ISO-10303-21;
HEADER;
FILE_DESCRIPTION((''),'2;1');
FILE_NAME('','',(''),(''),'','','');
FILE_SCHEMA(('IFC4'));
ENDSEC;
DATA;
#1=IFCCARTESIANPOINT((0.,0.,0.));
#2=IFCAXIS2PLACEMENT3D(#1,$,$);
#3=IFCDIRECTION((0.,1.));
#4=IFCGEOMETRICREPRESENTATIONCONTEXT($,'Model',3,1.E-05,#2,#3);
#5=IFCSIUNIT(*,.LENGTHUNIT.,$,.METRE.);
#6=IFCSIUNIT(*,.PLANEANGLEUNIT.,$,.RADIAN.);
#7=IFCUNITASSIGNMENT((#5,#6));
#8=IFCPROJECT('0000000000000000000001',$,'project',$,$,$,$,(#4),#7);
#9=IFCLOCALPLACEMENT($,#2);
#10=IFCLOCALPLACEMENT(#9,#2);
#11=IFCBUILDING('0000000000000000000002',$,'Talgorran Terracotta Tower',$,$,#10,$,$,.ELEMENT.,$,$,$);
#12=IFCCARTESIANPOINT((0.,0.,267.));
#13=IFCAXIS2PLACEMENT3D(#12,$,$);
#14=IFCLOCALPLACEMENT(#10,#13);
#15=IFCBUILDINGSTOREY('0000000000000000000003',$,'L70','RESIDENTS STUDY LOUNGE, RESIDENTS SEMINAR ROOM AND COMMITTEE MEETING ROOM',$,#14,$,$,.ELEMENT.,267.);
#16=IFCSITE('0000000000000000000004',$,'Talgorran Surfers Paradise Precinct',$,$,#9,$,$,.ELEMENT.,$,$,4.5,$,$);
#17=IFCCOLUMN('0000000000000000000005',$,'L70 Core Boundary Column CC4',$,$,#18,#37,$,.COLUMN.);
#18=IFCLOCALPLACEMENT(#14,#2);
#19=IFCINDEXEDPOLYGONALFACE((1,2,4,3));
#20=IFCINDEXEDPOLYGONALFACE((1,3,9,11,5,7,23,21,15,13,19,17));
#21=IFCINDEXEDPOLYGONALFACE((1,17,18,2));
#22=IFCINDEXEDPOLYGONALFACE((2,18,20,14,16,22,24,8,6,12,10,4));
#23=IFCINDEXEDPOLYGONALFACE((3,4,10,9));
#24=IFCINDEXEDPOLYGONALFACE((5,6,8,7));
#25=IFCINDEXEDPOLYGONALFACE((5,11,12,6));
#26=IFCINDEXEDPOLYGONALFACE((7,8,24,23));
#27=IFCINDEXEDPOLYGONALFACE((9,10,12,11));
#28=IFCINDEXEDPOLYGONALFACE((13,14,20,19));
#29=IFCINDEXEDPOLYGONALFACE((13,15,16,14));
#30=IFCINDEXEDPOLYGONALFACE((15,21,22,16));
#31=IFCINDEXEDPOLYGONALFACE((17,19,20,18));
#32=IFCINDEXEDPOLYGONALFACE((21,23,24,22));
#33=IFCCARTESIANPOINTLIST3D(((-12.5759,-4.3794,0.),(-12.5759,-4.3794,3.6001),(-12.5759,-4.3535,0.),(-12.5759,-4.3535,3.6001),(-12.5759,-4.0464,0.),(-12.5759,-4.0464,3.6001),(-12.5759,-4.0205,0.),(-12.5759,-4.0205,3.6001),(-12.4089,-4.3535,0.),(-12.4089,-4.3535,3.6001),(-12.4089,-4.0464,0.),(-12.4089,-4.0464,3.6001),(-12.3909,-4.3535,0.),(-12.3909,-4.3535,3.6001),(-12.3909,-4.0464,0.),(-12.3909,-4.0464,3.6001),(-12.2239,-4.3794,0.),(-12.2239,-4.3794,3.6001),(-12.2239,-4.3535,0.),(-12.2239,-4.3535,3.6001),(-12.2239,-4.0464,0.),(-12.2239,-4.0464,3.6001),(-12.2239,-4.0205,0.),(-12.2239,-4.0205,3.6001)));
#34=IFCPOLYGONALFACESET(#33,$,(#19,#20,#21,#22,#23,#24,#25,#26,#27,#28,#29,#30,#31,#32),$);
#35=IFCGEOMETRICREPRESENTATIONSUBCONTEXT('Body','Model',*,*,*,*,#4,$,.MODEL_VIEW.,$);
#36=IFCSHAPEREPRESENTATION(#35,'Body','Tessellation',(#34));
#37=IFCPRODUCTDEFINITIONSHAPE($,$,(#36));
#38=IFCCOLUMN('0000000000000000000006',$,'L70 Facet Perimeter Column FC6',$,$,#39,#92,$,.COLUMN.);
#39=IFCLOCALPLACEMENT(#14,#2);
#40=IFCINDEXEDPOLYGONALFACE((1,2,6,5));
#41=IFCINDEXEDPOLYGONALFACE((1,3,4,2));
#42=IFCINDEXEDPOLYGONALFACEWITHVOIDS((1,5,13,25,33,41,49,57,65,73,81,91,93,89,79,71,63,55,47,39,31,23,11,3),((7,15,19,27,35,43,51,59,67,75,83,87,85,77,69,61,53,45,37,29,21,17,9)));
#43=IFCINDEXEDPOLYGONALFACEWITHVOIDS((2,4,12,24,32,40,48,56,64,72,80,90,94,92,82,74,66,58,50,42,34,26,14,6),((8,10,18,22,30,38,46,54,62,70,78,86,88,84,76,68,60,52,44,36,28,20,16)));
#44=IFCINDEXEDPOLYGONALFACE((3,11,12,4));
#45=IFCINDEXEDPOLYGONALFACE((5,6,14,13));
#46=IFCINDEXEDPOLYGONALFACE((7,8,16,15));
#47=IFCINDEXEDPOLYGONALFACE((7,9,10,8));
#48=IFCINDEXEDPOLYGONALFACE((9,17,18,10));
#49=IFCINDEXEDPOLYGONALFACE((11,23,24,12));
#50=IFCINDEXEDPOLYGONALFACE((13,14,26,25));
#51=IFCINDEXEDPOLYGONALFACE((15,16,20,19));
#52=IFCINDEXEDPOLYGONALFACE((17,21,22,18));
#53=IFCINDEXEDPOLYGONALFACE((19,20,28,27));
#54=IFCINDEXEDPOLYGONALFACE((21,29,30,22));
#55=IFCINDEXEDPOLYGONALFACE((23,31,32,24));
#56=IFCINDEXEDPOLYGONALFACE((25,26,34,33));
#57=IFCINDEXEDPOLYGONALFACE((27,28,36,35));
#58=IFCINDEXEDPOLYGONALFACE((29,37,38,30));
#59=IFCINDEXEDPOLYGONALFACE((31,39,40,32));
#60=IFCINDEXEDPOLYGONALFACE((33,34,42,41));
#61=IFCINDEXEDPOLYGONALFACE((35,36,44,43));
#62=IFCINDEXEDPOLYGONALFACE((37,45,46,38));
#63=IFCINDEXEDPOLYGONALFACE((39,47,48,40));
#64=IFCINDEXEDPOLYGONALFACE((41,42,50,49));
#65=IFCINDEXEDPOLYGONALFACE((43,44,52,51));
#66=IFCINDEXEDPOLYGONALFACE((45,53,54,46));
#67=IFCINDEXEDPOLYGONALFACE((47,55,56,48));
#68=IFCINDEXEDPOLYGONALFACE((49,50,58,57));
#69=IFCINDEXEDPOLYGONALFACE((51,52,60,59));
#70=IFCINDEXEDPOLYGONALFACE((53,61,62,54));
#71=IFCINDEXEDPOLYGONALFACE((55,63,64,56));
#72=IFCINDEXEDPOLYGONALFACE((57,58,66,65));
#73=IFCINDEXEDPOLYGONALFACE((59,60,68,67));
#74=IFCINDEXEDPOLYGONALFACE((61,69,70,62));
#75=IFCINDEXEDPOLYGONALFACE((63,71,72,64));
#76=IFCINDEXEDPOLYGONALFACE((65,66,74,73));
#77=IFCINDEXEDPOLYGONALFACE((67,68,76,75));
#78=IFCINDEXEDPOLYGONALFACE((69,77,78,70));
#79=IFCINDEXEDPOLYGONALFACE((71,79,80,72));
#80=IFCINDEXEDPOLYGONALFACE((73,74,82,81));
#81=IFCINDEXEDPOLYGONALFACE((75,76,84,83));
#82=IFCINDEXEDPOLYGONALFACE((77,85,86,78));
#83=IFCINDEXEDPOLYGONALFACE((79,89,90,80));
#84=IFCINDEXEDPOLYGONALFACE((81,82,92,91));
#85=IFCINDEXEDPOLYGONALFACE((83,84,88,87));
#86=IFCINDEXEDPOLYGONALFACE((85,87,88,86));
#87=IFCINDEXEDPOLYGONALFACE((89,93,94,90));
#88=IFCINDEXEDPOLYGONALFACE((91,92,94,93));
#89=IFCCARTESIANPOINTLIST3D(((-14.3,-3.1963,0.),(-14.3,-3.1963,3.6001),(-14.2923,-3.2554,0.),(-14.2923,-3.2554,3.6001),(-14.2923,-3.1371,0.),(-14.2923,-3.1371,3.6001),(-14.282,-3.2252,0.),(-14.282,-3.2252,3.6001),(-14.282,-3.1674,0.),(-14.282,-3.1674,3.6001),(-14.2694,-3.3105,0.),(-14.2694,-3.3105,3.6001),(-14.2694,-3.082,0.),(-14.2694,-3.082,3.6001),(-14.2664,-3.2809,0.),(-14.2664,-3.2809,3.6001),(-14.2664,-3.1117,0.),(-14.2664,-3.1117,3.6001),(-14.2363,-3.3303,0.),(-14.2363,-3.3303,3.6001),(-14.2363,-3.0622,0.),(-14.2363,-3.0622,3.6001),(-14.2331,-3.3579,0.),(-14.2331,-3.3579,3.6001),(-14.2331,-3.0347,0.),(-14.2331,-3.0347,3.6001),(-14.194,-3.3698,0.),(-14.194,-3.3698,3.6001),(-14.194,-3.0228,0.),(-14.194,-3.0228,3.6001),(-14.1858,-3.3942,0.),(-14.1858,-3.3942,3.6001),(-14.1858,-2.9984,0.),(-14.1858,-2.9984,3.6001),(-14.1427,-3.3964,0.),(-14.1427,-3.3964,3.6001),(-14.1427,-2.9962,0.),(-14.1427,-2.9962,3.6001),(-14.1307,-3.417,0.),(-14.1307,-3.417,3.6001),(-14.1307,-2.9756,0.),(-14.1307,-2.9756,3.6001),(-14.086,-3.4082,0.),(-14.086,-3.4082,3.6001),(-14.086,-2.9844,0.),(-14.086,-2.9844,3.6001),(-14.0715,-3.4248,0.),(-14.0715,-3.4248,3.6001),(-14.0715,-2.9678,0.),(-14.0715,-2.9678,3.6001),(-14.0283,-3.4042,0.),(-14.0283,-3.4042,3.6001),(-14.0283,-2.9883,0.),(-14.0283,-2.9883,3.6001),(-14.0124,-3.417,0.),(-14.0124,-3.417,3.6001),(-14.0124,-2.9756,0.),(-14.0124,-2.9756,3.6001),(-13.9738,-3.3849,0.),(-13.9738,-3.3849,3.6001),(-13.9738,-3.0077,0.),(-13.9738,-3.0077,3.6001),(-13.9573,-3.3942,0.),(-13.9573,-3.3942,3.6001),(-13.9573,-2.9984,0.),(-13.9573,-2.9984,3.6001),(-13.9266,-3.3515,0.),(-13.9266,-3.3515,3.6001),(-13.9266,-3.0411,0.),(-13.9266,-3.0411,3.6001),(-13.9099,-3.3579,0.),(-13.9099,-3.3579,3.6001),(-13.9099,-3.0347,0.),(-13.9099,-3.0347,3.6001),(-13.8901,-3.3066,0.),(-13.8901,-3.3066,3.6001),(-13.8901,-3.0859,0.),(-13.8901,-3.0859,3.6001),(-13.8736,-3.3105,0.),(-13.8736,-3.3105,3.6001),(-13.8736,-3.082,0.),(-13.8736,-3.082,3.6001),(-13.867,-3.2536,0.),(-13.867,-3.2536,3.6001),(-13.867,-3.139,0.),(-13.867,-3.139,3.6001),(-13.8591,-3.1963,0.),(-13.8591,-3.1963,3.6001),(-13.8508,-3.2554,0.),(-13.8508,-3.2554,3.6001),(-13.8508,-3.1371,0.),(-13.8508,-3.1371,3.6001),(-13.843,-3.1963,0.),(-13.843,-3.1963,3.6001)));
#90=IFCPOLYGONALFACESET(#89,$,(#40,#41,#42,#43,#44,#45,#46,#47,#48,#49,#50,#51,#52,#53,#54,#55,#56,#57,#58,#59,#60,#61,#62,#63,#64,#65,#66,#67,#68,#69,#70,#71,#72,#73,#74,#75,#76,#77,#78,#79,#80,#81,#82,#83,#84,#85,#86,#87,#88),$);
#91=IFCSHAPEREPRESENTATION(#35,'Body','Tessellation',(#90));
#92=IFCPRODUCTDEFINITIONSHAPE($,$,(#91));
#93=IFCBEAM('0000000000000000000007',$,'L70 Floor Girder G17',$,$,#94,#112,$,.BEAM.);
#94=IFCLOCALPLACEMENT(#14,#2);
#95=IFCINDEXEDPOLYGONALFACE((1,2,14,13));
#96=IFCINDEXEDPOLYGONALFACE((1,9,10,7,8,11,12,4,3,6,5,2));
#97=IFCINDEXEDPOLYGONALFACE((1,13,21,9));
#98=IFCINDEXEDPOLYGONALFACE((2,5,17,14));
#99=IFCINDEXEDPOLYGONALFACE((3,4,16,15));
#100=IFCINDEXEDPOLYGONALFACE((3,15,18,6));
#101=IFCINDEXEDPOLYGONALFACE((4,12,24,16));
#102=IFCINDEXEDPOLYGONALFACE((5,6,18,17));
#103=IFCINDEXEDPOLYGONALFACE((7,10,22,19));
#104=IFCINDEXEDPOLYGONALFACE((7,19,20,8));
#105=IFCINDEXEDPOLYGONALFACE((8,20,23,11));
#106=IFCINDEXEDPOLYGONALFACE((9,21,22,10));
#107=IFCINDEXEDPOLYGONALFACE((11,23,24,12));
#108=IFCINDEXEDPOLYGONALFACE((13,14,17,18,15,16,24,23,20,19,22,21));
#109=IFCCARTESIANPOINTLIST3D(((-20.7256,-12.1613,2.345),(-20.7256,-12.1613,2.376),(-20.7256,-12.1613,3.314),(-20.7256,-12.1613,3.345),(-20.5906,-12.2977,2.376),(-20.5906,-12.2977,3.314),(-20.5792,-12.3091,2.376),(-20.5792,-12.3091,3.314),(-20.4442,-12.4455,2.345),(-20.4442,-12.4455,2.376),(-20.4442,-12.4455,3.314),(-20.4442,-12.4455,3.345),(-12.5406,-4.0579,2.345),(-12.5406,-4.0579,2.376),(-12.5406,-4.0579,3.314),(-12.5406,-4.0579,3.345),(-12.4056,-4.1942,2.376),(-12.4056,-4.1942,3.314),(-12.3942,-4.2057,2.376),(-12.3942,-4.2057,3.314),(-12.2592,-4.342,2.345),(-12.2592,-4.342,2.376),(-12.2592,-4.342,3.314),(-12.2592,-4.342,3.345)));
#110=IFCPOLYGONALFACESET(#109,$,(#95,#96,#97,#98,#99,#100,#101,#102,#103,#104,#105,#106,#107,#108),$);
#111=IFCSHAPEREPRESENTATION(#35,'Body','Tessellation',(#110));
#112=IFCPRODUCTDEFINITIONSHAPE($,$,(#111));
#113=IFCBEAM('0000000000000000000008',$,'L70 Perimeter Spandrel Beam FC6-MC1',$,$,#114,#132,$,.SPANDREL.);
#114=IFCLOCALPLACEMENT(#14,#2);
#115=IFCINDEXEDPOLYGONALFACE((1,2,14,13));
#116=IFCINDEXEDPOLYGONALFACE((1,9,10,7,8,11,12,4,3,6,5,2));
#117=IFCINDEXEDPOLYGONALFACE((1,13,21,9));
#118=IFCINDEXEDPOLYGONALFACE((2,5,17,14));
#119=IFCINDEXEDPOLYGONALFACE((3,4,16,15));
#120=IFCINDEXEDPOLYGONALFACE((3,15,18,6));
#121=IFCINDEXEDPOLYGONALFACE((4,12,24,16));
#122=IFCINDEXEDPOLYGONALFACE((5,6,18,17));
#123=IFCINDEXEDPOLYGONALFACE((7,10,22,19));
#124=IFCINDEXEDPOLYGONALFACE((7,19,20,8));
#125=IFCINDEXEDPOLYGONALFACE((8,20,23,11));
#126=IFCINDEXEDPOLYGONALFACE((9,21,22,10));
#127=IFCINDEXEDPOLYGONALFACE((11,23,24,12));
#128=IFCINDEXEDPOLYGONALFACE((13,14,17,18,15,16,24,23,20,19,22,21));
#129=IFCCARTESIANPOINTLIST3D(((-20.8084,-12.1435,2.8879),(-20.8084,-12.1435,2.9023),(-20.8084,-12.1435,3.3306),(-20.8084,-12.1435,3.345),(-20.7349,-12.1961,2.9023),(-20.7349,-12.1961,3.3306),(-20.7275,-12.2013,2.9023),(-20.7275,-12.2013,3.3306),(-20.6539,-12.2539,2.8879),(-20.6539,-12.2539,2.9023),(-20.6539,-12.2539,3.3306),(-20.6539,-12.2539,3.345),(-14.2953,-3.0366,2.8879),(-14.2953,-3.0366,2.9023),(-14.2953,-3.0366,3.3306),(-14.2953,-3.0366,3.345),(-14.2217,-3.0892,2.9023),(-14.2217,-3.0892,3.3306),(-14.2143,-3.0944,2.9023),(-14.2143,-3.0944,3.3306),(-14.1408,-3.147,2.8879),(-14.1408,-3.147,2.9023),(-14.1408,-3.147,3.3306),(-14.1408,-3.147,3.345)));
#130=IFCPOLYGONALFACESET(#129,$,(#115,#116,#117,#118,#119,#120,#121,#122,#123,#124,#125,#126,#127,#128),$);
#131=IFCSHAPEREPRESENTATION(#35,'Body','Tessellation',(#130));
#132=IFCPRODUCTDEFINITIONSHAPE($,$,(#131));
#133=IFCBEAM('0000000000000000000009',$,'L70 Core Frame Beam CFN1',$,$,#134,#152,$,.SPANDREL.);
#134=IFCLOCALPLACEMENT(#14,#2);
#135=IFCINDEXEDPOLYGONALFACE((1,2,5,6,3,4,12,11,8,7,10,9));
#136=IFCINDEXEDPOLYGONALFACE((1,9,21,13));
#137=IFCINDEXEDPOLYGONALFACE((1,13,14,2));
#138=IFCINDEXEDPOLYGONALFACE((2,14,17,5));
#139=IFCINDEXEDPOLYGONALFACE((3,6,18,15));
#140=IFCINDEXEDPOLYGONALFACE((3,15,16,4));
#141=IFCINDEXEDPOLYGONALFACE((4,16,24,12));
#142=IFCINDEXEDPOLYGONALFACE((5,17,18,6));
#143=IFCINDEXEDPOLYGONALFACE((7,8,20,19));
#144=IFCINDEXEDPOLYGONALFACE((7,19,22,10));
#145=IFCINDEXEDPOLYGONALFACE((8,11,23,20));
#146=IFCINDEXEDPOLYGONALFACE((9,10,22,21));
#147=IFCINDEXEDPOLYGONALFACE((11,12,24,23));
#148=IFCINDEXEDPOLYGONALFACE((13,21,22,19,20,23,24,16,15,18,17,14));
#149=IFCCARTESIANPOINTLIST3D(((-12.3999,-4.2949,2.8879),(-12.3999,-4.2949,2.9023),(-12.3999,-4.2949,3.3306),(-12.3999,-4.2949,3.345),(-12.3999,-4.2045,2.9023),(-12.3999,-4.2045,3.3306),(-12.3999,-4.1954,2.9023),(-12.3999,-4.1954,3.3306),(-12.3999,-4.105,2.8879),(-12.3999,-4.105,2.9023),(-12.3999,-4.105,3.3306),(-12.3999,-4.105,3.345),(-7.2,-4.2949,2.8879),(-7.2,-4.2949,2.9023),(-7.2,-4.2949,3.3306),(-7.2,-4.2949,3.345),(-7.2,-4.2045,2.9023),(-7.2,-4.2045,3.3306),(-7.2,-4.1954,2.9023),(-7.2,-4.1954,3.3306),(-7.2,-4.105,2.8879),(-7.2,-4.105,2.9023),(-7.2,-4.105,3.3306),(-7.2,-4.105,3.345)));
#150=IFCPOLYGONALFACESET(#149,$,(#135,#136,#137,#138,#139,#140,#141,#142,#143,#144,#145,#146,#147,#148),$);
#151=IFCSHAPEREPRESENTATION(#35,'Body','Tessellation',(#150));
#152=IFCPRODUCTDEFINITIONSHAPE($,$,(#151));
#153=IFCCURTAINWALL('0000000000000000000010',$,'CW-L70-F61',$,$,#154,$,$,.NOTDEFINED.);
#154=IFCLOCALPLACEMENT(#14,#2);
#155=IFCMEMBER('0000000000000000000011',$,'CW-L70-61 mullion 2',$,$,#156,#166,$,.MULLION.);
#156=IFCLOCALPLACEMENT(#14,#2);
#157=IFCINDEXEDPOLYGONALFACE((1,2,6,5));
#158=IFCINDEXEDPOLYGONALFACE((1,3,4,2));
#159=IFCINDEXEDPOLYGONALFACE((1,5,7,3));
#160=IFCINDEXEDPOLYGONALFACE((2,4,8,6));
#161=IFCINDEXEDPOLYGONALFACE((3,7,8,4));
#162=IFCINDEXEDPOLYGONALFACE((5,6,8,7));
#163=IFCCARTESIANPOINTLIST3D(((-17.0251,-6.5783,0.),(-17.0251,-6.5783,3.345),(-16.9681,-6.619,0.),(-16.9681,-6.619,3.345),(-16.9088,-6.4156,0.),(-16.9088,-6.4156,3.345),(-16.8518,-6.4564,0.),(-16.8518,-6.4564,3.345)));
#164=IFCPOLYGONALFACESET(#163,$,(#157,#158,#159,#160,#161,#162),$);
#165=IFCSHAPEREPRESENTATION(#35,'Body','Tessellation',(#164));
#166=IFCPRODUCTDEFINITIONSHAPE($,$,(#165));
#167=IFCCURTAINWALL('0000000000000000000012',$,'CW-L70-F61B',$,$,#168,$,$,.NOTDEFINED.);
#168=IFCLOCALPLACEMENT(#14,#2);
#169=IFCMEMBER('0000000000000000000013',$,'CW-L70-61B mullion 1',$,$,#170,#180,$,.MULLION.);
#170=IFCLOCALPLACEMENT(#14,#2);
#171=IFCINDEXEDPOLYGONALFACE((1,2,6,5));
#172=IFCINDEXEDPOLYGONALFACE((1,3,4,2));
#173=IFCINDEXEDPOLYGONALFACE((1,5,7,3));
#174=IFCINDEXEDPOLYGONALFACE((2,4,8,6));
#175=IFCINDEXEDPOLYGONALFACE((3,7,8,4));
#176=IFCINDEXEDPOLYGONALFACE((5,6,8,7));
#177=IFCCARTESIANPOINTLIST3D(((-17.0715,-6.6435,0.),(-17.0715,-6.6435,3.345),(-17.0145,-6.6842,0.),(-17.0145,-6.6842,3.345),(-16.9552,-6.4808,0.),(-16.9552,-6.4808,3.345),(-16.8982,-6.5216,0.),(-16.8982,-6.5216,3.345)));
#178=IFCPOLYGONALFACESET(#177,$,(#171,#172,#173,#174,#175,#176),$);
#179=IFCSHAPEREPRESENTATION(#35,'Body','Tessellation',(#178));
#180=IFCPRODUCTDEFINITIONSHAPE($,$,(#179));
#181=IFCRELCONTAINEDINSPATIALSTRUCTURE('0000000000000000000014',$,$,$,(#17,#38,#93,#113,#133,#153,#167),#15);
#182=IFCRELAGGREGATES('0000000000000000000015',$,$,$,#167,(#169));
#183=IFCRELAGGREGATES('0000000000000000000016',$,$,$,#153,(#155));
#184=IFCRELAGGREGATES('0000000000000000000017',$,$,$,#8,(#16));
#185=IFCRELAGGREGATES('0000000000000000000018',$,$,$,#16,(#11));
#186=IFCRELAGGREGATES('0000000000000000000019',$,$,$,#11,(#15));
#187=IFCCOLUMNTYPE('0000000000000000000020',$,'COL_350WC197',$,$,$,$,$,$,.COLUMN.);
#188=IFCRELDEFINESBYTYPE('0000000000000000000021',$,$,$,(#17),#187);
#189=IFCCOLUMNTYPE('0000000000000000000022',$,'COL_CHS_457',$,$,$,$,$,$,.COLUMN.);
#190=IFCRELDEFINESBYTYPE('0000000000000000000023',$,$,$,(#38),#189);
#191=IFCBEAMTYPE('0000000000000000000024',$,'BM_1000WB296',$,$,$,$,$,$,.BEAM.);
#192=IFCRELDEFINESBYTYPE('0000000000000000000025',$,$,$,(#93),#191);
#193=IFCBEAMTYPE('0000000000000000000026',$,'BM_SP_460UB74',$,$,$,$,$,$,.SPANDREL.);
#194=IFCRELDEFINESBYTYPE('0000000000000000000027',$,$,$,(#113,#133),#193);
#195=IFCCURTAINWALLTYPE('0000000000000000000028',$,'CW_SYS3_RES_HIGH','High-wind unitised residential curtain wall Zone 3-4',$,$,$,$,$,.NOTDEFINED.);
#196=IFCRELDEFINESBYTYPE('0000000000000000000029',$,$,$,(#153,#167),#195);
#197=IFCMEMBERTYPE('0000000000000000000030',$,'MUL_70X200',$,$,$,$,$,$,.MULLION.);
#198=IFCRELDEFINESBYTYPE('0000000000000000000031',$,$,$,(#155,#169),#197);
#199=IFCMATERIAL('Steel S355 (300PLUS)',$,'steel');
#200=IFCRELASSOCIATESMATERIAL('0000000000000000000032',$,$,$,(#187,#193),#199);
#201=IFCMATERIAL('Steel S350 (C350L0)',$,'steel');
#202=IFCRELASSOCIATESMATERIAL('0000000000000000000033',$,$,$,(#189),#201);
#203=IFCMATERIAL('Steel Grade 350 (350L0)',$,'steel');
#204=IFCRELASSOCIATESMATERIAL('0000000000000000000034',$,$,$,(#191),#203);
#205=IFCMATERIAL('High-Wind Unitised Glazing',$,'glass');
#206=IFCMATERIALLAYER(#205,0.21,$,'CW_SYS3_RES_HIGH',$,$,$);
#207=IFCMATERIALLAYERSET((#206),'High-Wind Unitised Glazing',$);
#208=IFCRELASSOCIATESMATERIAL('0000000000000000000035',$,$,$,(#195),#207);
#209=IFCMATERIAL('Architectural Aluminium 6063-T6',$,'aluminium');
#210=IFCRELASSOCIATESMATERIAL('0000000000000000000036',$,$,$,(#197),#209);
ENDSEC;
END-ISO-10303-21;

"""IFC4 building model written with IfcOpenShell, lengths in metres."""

from ifc_helpers import new_model, si_unit, direction, frame, origin, origin_2d, place, context, subcontext, project, spatial, rectangle, hollow_circle, i_section, extrude, material, layer, layer_set, material_profile, profile_set, type_object, element, aggregate, save


model = new_model("IFC4")

# Units and contexts
model_context = context("Model", 3, precision=1e-05, world=origin(), true_north=direction((0.0, 1.0)))
body_context = subcontext(model_context, "Body", "Model", "MODEL_VIEW")
ifc_project = project(units=[si_unit("LENGTHUNIT", "METRE"), si_unit("PLANEANGLEUNIT", "RADIAN")], contexts=[model_context])

# Site, building, storey
site_placement = place(None, origin())
site = spatial("IfcSite", under=ifc_project, at=site_placement, Name="Talgorran Surfers Paradise Precinct", CompositionType="ELEMENT", RefElevation=4.5)
building_placement = place(site_placement, origin())
building = spatial("IfcBuilding", under=site, at=building_placement, Name="Talgorran Terracotta Tower", CompositionType="ELEMENT")
storey_placement = place(building_placement, frame((0.0, 0.0, 267.0)))
storey = spatial("IfcBuildingStorey", under=building, at=storey_placement, Name="L70", Description="RESIDENTS STUDY LOUNGE, RESIDENTS SEMINAR ROOM AND COMMITTEE MEETING ROOM", CompositionType="ELEMENT", Elevation=267.0)

# Columns
ifc_material_1 = material(Name="Steel S355 (300PLUS)", Category="steel")
ifc_material_profile_1 = material_profile(ifc_material_1, i_section(OverallWidth=0.3521, OverallDepth=0.3589, WebThickness=0.0181, FlangeThickness=0.0259, at=origin_2d()), Name="350WC197")
ifc_profile_set_1 = profile_set([ifc_material_profile_1], Name="Steel S355 (300PLUS)")
column_type_1 = type_object("IfcColumnType", Name="COL_350WC197", PredefinedType="COLUMN", material=ifc_profile_set_1)
column_1_placement = place(storey_placement, frame((-12.3999, -4.2, 0.0), z_axis=(0.0, 0.0, 1.0), x_axis=(1.0, 0.0, 0.0)))
element("IfcColumn", 1, at=column_1_placement, inside=storey, type_object=column_type_1, Name="L70 Core Boundary Column CC4", PredefinedType="COLUMN", context=body_context, shape_type="SweptSolid", body=[
    extrude(i_section(OverallWidth=0.3521, OverallDepth=0.3589, WebThickness=0.0181, FlangeThickness=0.0259, at=origin_2d()), origin(), (0.0, 0.0, 1.0), 3.6001),
])
ifc_material_2 = material(Name="Steel S350 (C350L0)", Category="steel")
ifc_material_profile_2 = material_profile(ifc_material_2, hollow_circle(Radius=0.2285, WallThickness=0.0161, at=origin_2d()), Name="CHS457X16")
ifc_profile_set_2 = profile_set([ifc_material_profile_2], Name="Steel S350 (C350L0)")
column_type_2 = type_object("IfcColumnType", Name="COL_CHS_457", PredefinedType="COLUMN", material=ifc_profile_set_2)
column_2_placement = place(storey_placement, frame((-14.0715, -3.1963, 0.0), z_axis=(0.0, 0.0, 1.0), x_axis=(1.0, 0.0, 0.0)))
element("IfcColumn", 2, at=column_2_placement, inside=storey, type_object=column_type_2, Name="L70 Facet Perimeter Column FC6", PredefinedType="COLUMN", context=body_context, shape_type="SweptSolid", body=[
    extrude(hollow_circle(Radius=0.2285, WallThickness=0.0161, at=origin_2d()), origin(), (0.0, 0.0, 1.0), 3.6001),
])

# Beams
ifc_material_3 = material(Name="Steel Grade 350 (350L0)", Category="steel")
ifc_material_profile_3 = material_profile(ifc_material_3, i_section(OverallWidth=0.3999, OverallDepth=1.0, WebThickness=0.0161, FlangeThickness=0.031, at=origin_2d()), Name="1000WB296")
ifc_profile_set_3 = profile_set([ifc_material_profile_3], Name="Steel Grade 350 (350L0)")
beam_type_1 = type_object("IfcBeamType", Name="BM_1000WB296", PredefinedType="BEAM", material=ifc_profile_set_3)
beam_1_placement = place(storey_placement, frame((-12.3999, -4.2, 2.845), z_axis=(-0.710638, -0.703558, 0.0), x_axis=(0.703558, -0.710638, 0.0)))
element("IfcBeam", 3, at=beam_1_placement, inside=storey, type_object=beam_type_1, Name="L70 Floor Girder G17", PredefinedType="BEAM", context=body_context, shape_type="SweptSolid", body=[
    extrude(i_section(OverallWidth=0.3999, OverallDepth=1.0, WebThickness=0.0161, FlangeThickness=0.031, at=origin_2d()), origin(), (0.0, 0.0, 1.0), 11.5178),
])
ifc_material_profile_4 = material_profile(ifc_material_1, i_section(OverallWidth=0.1899, OverallDepth=0.457, WebThickness=0.009, FlangeThickness=0.0144, at=origin_2d()), Name="460UB74.6")
ifc_profile_set_4 = profile_set([ifc_material_profile_4], Name="Steel S355 (300PLUS)")
beam_type_2 = type_object("IfcBeamType", Name="BM_SP_460UB74", PredefinedType="SPANDREL", material=ifc_profile_set_4)
beam_2_placement = place(storey_placement, frame((-14.218, -3.0918, 3.1165), z_axis=(-0.581725, -0.813386, 0.0), x_axis=(0.813386, -0.581725, 0.0)))
element("IfcBeam", 4, at=beam_2_placement, inside=storey, type_object=beam_type_2, Name="L70 Perimeter Spandrel Beam FC6-MC1", PredefinedType="SPANDREL", context=body_context, shape_type="SweptSolid", body=[
    extrude(i_section(OverallWidth=0.1899, OverallDepth=0.457, WebThickness=0.009, FlangeThickness=0.0144, at=origin_2d()), origin(), (0.0, 0.0, 1.0), 11.1963),
])
beam_3_placement = place(storey_placement, frame((-12.3999, -4.2, 3.1165), z_axis=(1.0, 0.0, 0.0), x_axis=(0.0, 1.0, 0.0)))
element("IfcBeam", 5, at=beam_3_placement, inside=storey, type_object=beam_type_2, Name="L70 Core Frame Beam CFN1", PredefinedType="SPANDREL", context=body_context, shape_type="SweptSolid", body=[
    extrude(i_section(OverallWidth=0.1899, OverallDepth=0.457, WebThickness=0.009, FlangeThickness=0.0144, at=origin_2d()), origin(), (0.0, 0.0, 1.0), 5.2),
])

# Curtain walls, members
ifc_material_4 = material(Name="High-Wind Unitised Glazing", Category="glass")
ifc_layer_1 = layer(ifc_material_4, 0.21, Name="CW_SYS3_RES_HIGH")
ifc_layer_set_1 = layer_set([ifc_layer_1], Name="High-Wind Unitised Glazing")
curtain_wall_type = type_object("IfcCurtainWallType", Name="CW_SYS3_RES_HIGH", Description="High-wind unitised residential curtain wall Zone 3-4", PredefinedType="NOTDEFINED", material=ifc_layer_set_1)
curtain_wall_1_placement = place(storey_placement, origin())
curtain_wall_1 = element("IfcCurtainWall", 6, at=curtain_wall_1_placement, inside=storey, type_object=curtain_wall_type, Name="CW-L70-F61", PredefinedType="NOTDEFINED")
ifc_material_5 = material(Name="Architectural Aluminium 6063-T6", Category="aluminium")
ifc_material_profile_5 = material_profile(ifc_material_5, rectangle(XDim=0.0701, YDim=0.2, at=origin_2d()), Name="CWM70X200")
ifc_profile_set_5 = profile_set([ifc_material_profile_5], Name="Architectural Aluminium 6063-T6")
member_type_1 = type_object("IfcMemberType", Name="MUL_70X200", PredefinedType="MULLION", material=ifc_profile_set_5)
member_1_placement = place(storey_placement, frame((-16.9385, -6.5173, 0.0), z_axis=(0.0, 0.0, 1.0), x_axis=(0.813382, -0.581731, 0.0)))
member_1 = element("IfcMember", 7, at=member_1_placement, type_object=member_type_1, Name="CW-L70-61 mullion 2", PredefinedType="MULLION", context=body_context, shape_type="SweptSolid", body=[
    extrude(rectangle(XDim=0.0701, YDim=0.2, at=origin_2d()), origin(), (0.0, 0.0, 1.0), 3.345),
])
curtain_wall_2_placement = place(storey_placement, origin())
curtain_wall_2 = element("IfcCurtainWall", 8, at=curtain_wall_2_placement, inside=storey, type_object=curtain_wall_type, Name="CW-L70-F61B", PredefinedType="NOTDEFINED")
member_2_placement = place(storey_placement, frame((-16.9849, -6.5825, 0.0), z_axis=(0.0, 0.0, 1.0), x_axis=(0.813378, -0.581735, 0.0)))
member_2 = element("IfcMember", 9, at=member_2_placement, type_object=member_type_1, Name="CW-L70-61B mullion 1", PredefinedType="MULLION", context=body_context, shape_type="SweptSolid", body=[
    extrude(rectangle(XDim=0.0701, YDim=0.2, at=origin_2d()), origin(), (0.0, 0.0, 1.0), 3.345),
])

aggregate(curtain_wall_2, [member_2])

aggregate(curtain_wall_1, [member_1])

save(model, "model.ifc")
